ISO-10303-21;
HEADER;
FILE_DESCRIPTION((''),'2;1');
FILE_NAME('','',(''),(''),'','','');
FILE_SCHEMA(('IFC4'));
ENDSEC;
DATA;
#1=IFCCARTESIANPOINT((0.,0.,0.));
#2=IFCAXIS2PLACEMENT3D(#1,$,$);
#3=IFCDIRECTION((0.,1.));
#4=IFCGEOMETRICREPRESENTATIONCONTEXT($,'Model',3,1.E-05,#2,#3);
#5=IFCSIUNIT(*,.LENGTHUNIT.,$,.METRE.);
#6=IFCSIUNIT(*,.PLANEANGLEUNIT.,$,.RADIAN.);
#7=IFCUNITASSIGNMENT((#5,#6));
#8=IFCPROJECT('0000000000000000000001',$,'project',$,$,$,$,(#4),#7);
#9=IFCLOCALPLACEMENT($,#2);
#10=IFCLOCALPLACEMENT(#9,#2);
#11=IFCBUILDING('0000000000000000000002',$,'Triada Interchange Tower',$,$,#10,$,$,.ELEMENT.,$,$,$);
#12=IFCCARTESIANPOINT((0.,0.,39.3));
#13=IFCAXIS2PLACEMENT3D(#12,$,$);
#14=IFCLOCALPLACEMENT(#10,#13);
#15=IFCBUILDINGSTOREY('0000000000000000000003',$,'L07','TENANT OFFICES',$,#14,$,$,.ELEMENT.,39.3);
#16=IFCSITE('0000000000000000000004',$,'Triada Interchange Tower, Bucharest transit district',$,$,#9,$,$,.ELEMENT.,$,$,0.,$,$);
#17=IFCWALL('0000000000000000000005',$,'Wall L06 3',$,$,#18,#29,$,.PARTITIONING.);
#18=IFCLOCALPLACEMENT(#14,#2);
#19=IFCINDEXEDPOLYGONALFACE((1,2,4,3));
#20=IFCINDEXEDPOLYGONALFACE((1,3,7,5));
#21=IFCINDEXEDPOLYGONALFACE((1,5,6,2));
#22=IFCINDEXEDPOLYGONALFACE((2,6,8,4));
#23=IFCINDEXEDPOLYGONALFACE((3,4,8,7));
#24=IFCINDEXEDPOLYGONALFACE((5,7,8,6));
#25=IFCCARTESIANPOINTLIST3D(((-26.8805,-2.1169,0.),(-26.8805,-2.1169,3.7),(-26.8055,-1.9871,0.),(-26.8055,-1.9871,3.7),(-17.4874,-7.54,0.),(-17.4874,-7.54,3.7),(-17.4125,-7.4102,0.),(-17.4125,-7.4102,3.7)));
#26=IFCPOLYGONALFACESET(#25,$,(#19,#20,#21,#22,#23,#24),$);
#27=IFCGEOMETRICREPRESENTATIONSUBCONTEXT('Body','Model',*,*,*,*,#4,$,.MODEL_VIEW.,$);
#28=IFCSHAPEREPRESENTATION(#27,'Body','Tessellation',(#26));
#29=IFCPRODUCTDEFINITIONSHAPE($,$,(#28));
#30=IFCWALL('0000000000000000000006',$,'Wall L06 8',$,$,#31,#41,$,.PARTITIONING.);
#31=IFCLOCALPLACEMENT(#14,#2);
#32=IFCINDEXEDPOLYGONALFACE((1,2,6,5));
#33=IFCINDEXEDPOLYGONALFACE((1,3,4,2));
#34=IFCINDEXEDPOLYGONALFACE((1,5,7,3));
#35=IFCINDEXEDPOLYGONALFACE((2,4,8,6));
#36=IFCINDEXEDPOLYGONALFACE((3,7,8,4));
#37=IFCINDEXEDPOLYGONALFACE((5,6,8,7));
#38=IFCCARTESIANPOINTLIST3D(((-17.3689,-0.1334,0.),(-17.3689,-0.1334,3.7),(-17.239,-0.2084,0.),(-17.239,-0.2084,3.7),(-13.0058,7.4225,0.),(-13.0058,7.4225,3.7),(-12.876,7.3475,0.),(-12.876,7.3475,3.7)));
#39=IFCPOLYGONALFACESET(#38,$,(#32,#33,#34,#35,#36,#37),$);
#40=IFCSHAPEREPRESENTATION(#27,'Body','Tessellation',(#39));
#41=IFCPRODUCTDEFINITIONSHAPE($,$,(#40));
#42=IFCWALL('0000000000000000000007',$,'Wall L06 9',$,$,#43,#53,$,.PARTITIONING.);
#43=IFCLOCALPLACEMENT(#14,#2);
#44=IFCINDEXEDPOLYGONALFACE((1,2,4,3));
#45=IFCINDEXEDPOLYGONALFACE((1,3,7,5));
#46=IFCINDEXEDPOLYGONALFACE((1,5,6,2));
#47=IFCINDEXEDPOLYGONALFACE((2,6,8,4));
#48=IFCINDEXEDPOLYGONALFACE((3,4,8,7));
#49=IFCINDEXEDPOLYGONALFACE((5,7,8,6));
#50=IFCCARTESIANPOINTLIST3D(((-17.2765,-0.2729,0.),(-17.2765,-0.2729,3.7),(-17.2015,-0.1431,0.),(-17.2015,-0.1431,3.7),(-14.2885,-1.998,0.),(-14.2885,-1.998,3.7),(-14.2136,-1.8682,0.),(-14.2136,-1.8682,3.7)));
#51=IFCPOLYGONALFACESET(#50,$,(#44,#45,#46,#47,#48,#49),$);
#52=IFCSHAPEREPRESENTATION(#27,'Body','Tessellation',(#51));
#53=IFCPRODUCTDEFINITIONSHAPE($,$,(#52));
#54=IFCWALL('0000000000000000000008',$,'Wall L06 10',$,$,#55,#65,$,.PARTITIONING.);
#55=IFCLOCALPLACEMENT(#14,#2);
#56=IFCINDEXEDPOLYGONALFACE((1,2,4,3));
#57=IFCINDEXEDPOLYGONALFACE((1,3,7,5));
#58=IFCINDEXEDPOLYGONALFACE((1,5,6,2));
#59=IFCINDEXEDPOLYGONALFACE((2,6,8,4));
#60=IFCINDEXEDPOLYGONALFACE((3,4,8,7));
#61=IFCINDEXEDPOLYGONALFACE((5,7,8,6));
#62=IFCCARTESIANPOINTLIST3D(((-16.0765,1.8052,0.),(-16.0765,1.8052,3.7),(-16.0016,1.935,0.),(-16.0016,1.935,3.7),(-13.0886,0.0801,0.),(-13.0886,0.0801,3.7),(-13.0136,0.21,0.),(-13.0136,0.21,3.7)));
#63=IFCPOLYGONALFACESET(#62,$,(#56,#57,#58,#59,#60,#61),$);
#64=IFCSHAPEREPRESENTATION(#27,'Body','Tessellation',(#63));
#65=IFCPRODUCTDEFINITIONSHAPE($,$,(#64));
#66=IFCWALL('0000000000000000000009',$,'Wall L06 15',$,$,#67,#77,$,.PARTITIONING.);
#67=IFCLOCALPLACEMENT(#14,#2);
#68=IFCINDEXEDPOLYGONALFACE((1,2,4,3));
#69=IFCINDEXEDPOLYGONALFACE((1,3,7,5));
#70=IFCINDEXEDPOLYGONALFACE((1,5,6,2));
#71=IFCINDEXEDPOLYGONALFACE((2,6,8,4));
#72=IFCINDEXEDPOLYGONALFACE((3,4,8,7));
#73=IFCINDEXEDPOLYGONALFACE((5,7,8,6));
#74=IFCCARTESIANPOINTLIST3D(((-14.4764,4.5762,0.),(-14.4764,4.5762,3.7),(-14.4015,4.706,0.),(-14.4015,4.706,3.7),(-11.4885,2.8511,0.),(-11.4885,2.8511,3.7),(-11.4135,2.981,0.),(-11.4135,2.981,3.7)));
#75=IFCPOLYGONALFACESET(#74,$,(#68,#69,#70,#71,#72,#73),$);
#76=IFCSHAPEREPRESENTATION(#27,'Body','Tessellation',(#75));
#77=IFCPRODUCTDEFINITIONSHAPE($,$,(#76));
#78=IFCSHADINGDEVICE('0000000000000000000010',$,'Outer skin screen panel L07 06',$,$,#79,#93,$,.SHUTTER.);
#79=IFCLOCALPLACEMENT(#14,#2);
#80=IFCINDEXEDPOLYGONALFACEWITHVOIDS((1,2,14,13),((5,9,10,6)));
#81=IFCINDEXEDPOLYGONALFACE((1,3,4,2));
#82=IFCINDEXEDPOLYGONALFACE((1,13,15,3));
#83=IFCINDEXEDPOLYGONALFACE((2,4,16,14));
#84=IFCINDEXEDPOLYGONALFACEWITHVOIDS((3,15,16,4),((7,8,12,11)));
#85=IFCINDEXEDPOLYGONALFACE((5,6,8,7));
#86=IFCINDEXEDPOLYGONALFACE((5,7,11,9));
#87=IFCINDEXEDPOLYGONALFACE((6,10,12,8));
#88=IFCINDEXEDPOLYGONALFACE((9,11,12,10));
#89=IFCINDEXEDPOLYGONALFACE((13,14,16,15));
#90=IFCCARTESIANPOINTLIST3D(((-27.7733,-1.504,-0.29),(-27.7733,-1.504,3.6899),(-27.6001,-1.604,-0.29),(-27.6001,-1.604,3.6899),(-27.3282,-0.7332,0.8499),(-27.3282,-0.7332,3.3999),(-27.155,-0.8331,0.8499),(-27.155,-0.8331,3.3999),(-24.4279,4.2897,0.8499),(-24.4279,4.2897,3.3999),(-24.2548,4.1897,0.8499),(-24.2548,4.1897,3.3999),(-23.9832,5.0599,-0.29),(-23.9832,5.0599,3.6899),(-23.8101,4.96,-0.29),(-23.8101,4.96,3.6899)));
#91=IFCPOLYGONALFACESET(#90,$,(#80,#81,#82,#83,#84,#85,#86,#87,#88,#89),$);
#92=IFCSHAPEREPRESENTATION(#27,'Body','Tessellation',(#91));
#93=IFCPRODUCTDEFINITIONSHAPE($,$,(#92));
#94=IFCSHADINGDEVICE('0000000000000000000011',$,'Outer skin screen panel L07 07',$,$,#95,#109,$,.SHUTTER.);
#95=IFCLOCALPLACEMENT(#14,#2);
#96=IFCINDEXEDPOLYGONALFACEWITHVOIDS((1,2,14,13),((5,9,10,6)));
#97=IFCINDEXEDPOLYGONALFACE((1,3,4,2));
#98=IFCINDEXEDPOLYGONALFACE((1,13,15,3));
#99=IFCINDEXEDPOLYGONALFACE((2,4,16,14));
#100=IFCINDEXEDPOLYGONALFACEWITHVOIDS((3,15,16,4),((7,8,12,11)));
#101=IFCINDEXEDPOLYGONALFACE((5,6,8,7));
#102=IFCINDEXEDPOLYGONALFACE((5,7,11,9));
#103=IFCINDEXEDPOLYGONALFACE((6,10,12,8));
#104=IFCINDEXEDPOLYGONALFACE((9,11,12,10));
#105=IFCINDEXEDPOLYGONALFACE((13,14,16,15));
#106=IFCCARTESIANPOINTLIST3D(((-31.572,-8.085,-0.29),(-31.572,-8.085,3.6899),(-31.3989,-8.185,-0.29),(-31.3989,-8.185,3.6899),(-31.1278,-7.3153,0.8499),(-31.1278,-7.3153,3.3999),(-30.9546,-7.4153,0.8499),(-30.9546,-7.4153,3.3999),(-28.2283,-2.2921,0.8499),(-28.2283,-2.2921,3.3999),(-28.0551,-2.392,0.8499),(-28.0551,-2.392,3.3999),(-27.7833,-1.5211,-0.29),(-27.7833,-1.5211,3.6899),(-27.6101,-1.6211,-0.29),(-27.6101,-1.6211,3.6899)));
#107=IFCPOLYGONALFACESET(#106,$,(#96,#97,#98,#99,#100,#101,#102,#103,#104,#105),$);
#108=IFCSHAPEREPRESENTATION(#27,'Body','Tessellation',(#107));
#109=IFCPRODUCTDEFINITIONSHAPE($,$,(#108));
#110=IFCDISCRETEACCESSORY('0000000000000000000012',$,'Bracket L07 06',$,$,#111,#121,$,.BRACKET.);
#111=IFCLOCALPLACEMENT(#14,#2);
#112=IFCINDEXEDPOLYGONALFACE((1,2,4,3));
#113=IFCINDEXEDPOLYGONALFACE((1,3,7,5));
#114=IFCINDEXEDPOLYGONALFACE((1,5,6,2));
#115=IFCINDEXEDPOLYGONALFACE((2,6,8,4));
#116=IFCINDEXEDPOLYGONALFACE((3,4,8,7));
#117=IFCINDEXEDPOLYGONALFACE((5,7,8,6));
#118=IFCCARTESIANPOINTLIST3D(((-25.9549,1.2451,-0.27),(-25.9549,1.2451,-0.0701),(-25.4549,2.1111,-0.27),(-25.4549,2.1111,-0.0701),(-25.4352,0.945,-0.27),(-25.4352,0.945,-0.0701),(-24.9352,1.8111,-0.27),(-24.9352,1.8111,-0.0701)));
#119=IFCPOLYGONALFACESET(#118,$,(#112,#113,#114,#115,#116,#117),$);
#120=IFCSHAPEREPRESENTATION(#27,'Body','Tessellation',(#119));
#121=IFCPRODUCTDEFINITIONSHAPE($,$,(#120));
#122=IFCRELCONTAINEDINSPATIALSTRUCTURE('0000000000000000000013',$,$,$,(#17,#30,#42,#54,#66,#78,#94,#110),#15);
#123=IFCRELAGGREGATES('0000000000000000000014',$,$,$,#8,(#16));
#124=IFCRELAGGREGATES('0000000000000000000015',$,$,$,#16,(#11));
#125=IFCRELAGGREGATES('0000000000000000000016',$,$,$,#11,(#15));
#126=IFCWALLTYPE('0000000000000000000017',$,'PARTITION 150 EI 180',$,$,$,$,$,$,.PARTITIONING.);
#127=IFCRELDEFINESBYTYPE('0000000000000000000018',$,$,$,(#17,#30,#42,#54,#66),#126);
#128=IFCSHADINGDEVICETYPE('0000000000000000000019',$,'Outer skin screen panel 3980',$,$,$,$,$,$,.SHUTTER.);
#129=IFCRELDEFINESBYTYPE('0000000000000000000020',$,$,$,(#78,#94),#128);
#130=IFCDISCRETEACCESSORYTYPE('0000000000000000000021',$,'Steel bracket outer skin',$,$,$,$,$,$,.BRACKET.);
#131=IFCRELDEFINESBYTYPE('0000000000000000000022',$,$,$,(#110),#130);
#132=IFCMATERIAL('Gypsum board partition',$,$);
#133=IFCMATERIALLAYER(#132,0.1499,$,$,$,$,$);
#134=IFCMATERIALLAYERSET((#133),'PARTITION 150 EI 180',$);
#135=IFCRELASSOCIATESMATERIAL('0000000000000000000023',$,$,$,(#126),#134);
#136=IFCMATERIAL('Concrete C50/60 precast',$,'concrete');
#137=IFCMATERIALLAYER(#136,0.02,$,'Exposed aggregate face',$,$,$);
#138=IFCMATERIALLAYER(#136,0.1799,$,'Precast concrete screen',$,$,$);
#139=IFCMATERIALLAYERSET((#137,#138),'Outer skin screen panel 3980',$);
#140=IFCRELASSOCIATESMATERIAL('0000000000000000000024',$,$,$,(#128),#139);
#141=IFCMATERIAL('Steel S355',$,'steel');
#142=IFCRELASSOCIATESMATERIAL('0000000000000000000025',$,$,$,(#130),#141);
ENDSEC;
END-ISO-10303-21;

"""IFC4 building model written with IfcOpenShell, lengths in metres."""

from ifc_helpers import new_model, si_unit, direction, frame, frame_2d, origin, origin_2d, place, context, subcontext, project, spatial, polyline, rectangle, outline, extrude, material, layer, layer_set, type_object, element, save


model = new_model("IFC4")

# Units and contexts
model_context = context("Model", 3, precision=1e-05, world=origin(), true_north=direction((0.0, 1.0)))
body_context = subcontext(model_context, "Body", "Model", "MODEL_VIEW")
ifc_project = project(units=[si_unit("LENGTHUNIT", "METRE"), si_unit("PLANEANGLEUNIT", "RADIAN")], contexts=[model_context])

# Site, building, storey
site_placement = place(None, origin())
site = spatial("IfcSite", under=ifc_project, at=site_placement, Name="Triada Interchange Tower, Bucharest transit district", CompositionType="ELEMENT", RefElevation=0.0)
building_placement = place(site_placement, origin())
building = spatial("IfcBuilding", under=site, at=building_placement, Name="Triada Interchange Tower", CompositionType="ELEMENT")
storey_placement = place(building_placement, frame((0.0, 0.0, 39.3)))
storey = spatial("IfcBuildingStorey", under=building, at=storey_placement, Name="L07", Description="TENANT OFFICES", CompositionType="ELEMENT", Elevation=39.3)

# Walls
ifc_material_1 = material(Name="Gypsum board partition")
ifc_layer_1 = layer(ifc_material_1, 0.1499)
ifc_layer_set_1 = layer_set([ifc_layer_1], Name="PARTITION 150 EI 180")
wall_type_1 = type_object("IfcWallType", Name="PARTITION 150 EI 180", PredefinedType="PARTITIONING", material=ifc_layer_set_1)
wall_1_placement = place(storey_placement, frame((-26.843, -2.052, 0.0), z_axis=(0.0, 0.0, 1.0), x_axis=(0.866025, -0.5, 0.0)))
element("IfcWall", 1, at=wall_1_placement, inside=storey, type_object=wall_type_1, Name="Wall L06 3", PredefinedType="PARTITIONING", context=body_context, shape_type="SweptSolid", body=[
    extrude(rectangle(XDim=10.8462, YDim=0.1499, at=frame_2d((5.4231, 0.0))), origin(), (0.0, 0.0, 1.0), 3.7),
])
wall_2_placement = place(storey_placement, frame((-17.304, -0.1709, 0.0), z_axis=(0.0, 0.0, 1.0), x_axis=(0.500054, 0.865994, 0.0)))
element("IfcWall", 2, at=wall_2_placement, inside=storey, type_object=wall_type_1, Name="Wall L06 8", PredefinedType="PARTITIONING", context=body_context, shape_type="SweptSolid", body=[
    extrude(rectangle(XDim=8.7251, YDim=0.1499, at=frame_2d((4.3625, 0.0))), origin(), (0.0, 0.0, 1.0), 3.7),
])
for number, where, z_axis, x_axis, name in (
    (3, (-17.239, -0.208, 0.0), (0.0, 0.0, 1.0), (0.866031, -0.49999, 0.0), "Wall L06 9"),
    (4, (-16.0391, 1.8701, 0.0), (0.0, 0.0, 1.0), (0.866031, -0.49999, 0.0), "Wall L06 10"),
    (5, (-14.439, 4.6411, 0.0), (0.0, 0.0, 1.0), (0.866031, -0.49999, 0.0), "Wall L06 15"),
):
    element("IfcWall", number, at=place(storey_placement, frame(where, z_axis=z_axis, x_axis=x_axis)), inside=storey, type_object=wall_type_1, Name=name, PredefinedType="PARTITIONING", context=body_context, shape_type="SweptSolid", body=[
        extrude(rectangle(XDim=3.4502, YDim=0.1499, at=frame_2d((1.7251, 0.0))), origin(), (0.0, 0.0, 1.0), 3.7),
    ])

# Shading devices
ifc_material_2 = material(Name="Concrete C50/60 precast", Category="concrete")
ifc_layer_2 = layer(ifc_material_2, 0.02, Name="Exposed aggregate face")
ifc_layer_3 = layer(ifc_material_2, 0.1799, Name="Precast concrete screen")
ifc_layer_set_2 = layer_set([ifc_layer_2, ifc_layer_3], Name="Outer skin screen panel 3980")
shading_device_type = type_object("IfcShadingDeviceType", Name="Outer skin screen panel 3980", PredefinedType="SHUTTER", material=ifc_layer_set_2)
shading_device_1_placement = place(storey_placement, frame((-23.8101, 4.96, -0.29), z_axis=(0.0, 0.0, 1.0), x_axis=(-0.500033, -0.866006, 0.0)))
element("IfcShadingDevice", 6, at=shading_device_1_placement, inside=storey, type_object=shading_device_type, Name="Outer skin screen panel L07 06", PredefinedType="SHUTTER", context=body_context, shape_type="SweptSolid", body=[
    extrude(outline(polyline([(0.0, 0.0), (7.5796, 0.0), (7.5796, 3.98), (0.0, 3.98), (0.0, 0.0)]), holes=[polyline([(0.8894, 1.1399), (0.8894, 3.6899), (6.6895, 3.6899), (6.6895, 1.1399), (0.8894, 1.1399)])]), frame((0.0, 0.0, 0.0), z_axis=(0.0, -1.0, 0.0), x_axis=(1.0, 0.0, 0.0)), (0.0, 0.0, 1.0), 0.2),
])
shading_device_2_placement = place(storey_placement, frame((-27.6101, -1.6211, -0.29), z_axis=(0.0, 0.0, 1.0), x_axis=(-0.499912, -0.866076, 0.0)))
element("IfcShadingDevice", 7, at=shading_device_2_placement, inside=storey, type_object=shading_device_type, Name="Outer skin screen panel L07 07", PredefinedType="SHUTTER", context=body_context, shape_type="SweptSolid", body=[
    extrude(outline(polyline([(0.0, 0.0), (7.5789, 0.0), (7.5789, 3.98), (0.0, 3.98), (0.0, 0.0)]), holes=[polyline([(0.8901, 1.1399), (0.8901, 3.6899), (6.6902, 3.6899), (6.6902, 1.1399), (0.8901, 1.1399)])]), frame((0.0, 0.0, 0.0), z_axis=(0.0, -1.0, 0.0), x_axis=(1.0, 0.0, 0.0)), (0.0, 0.0, 1.0), 0.2),
])

# Discrete accessory
ifc_material_3 = material(Name="Steel S355", Category="steel")
discrete_accessory_type = type_object("IfcDiscreteAccessoryType", Name="Steel bracket outer skin", PredefinedType="BRACKET", material=ifc_material_3)
discrete_accessory_placement = place(storey_placement, frame((-25.4451, 1.5281, -0.27), z_axis=(0.0, 0.0, 1.0), x_axis=(-0.866021, 0.500008, 0.0)))
element("IfcDiscreteAccessory", 8, at=discrete_accessory_placement, inside=storey, type_object=discrete_accessory_type, Name="Bracket L07 06", PredefinedType="BRACKET", context=body_context, shape_type="SweptSolid", body=[
    extrude(rectangle(XDim=0.6001, YDim=1.0, at=origin_2d()), origin(), (0.0, 0.0, 1.0), 0.2),
])

save(model, "model.ifc")
